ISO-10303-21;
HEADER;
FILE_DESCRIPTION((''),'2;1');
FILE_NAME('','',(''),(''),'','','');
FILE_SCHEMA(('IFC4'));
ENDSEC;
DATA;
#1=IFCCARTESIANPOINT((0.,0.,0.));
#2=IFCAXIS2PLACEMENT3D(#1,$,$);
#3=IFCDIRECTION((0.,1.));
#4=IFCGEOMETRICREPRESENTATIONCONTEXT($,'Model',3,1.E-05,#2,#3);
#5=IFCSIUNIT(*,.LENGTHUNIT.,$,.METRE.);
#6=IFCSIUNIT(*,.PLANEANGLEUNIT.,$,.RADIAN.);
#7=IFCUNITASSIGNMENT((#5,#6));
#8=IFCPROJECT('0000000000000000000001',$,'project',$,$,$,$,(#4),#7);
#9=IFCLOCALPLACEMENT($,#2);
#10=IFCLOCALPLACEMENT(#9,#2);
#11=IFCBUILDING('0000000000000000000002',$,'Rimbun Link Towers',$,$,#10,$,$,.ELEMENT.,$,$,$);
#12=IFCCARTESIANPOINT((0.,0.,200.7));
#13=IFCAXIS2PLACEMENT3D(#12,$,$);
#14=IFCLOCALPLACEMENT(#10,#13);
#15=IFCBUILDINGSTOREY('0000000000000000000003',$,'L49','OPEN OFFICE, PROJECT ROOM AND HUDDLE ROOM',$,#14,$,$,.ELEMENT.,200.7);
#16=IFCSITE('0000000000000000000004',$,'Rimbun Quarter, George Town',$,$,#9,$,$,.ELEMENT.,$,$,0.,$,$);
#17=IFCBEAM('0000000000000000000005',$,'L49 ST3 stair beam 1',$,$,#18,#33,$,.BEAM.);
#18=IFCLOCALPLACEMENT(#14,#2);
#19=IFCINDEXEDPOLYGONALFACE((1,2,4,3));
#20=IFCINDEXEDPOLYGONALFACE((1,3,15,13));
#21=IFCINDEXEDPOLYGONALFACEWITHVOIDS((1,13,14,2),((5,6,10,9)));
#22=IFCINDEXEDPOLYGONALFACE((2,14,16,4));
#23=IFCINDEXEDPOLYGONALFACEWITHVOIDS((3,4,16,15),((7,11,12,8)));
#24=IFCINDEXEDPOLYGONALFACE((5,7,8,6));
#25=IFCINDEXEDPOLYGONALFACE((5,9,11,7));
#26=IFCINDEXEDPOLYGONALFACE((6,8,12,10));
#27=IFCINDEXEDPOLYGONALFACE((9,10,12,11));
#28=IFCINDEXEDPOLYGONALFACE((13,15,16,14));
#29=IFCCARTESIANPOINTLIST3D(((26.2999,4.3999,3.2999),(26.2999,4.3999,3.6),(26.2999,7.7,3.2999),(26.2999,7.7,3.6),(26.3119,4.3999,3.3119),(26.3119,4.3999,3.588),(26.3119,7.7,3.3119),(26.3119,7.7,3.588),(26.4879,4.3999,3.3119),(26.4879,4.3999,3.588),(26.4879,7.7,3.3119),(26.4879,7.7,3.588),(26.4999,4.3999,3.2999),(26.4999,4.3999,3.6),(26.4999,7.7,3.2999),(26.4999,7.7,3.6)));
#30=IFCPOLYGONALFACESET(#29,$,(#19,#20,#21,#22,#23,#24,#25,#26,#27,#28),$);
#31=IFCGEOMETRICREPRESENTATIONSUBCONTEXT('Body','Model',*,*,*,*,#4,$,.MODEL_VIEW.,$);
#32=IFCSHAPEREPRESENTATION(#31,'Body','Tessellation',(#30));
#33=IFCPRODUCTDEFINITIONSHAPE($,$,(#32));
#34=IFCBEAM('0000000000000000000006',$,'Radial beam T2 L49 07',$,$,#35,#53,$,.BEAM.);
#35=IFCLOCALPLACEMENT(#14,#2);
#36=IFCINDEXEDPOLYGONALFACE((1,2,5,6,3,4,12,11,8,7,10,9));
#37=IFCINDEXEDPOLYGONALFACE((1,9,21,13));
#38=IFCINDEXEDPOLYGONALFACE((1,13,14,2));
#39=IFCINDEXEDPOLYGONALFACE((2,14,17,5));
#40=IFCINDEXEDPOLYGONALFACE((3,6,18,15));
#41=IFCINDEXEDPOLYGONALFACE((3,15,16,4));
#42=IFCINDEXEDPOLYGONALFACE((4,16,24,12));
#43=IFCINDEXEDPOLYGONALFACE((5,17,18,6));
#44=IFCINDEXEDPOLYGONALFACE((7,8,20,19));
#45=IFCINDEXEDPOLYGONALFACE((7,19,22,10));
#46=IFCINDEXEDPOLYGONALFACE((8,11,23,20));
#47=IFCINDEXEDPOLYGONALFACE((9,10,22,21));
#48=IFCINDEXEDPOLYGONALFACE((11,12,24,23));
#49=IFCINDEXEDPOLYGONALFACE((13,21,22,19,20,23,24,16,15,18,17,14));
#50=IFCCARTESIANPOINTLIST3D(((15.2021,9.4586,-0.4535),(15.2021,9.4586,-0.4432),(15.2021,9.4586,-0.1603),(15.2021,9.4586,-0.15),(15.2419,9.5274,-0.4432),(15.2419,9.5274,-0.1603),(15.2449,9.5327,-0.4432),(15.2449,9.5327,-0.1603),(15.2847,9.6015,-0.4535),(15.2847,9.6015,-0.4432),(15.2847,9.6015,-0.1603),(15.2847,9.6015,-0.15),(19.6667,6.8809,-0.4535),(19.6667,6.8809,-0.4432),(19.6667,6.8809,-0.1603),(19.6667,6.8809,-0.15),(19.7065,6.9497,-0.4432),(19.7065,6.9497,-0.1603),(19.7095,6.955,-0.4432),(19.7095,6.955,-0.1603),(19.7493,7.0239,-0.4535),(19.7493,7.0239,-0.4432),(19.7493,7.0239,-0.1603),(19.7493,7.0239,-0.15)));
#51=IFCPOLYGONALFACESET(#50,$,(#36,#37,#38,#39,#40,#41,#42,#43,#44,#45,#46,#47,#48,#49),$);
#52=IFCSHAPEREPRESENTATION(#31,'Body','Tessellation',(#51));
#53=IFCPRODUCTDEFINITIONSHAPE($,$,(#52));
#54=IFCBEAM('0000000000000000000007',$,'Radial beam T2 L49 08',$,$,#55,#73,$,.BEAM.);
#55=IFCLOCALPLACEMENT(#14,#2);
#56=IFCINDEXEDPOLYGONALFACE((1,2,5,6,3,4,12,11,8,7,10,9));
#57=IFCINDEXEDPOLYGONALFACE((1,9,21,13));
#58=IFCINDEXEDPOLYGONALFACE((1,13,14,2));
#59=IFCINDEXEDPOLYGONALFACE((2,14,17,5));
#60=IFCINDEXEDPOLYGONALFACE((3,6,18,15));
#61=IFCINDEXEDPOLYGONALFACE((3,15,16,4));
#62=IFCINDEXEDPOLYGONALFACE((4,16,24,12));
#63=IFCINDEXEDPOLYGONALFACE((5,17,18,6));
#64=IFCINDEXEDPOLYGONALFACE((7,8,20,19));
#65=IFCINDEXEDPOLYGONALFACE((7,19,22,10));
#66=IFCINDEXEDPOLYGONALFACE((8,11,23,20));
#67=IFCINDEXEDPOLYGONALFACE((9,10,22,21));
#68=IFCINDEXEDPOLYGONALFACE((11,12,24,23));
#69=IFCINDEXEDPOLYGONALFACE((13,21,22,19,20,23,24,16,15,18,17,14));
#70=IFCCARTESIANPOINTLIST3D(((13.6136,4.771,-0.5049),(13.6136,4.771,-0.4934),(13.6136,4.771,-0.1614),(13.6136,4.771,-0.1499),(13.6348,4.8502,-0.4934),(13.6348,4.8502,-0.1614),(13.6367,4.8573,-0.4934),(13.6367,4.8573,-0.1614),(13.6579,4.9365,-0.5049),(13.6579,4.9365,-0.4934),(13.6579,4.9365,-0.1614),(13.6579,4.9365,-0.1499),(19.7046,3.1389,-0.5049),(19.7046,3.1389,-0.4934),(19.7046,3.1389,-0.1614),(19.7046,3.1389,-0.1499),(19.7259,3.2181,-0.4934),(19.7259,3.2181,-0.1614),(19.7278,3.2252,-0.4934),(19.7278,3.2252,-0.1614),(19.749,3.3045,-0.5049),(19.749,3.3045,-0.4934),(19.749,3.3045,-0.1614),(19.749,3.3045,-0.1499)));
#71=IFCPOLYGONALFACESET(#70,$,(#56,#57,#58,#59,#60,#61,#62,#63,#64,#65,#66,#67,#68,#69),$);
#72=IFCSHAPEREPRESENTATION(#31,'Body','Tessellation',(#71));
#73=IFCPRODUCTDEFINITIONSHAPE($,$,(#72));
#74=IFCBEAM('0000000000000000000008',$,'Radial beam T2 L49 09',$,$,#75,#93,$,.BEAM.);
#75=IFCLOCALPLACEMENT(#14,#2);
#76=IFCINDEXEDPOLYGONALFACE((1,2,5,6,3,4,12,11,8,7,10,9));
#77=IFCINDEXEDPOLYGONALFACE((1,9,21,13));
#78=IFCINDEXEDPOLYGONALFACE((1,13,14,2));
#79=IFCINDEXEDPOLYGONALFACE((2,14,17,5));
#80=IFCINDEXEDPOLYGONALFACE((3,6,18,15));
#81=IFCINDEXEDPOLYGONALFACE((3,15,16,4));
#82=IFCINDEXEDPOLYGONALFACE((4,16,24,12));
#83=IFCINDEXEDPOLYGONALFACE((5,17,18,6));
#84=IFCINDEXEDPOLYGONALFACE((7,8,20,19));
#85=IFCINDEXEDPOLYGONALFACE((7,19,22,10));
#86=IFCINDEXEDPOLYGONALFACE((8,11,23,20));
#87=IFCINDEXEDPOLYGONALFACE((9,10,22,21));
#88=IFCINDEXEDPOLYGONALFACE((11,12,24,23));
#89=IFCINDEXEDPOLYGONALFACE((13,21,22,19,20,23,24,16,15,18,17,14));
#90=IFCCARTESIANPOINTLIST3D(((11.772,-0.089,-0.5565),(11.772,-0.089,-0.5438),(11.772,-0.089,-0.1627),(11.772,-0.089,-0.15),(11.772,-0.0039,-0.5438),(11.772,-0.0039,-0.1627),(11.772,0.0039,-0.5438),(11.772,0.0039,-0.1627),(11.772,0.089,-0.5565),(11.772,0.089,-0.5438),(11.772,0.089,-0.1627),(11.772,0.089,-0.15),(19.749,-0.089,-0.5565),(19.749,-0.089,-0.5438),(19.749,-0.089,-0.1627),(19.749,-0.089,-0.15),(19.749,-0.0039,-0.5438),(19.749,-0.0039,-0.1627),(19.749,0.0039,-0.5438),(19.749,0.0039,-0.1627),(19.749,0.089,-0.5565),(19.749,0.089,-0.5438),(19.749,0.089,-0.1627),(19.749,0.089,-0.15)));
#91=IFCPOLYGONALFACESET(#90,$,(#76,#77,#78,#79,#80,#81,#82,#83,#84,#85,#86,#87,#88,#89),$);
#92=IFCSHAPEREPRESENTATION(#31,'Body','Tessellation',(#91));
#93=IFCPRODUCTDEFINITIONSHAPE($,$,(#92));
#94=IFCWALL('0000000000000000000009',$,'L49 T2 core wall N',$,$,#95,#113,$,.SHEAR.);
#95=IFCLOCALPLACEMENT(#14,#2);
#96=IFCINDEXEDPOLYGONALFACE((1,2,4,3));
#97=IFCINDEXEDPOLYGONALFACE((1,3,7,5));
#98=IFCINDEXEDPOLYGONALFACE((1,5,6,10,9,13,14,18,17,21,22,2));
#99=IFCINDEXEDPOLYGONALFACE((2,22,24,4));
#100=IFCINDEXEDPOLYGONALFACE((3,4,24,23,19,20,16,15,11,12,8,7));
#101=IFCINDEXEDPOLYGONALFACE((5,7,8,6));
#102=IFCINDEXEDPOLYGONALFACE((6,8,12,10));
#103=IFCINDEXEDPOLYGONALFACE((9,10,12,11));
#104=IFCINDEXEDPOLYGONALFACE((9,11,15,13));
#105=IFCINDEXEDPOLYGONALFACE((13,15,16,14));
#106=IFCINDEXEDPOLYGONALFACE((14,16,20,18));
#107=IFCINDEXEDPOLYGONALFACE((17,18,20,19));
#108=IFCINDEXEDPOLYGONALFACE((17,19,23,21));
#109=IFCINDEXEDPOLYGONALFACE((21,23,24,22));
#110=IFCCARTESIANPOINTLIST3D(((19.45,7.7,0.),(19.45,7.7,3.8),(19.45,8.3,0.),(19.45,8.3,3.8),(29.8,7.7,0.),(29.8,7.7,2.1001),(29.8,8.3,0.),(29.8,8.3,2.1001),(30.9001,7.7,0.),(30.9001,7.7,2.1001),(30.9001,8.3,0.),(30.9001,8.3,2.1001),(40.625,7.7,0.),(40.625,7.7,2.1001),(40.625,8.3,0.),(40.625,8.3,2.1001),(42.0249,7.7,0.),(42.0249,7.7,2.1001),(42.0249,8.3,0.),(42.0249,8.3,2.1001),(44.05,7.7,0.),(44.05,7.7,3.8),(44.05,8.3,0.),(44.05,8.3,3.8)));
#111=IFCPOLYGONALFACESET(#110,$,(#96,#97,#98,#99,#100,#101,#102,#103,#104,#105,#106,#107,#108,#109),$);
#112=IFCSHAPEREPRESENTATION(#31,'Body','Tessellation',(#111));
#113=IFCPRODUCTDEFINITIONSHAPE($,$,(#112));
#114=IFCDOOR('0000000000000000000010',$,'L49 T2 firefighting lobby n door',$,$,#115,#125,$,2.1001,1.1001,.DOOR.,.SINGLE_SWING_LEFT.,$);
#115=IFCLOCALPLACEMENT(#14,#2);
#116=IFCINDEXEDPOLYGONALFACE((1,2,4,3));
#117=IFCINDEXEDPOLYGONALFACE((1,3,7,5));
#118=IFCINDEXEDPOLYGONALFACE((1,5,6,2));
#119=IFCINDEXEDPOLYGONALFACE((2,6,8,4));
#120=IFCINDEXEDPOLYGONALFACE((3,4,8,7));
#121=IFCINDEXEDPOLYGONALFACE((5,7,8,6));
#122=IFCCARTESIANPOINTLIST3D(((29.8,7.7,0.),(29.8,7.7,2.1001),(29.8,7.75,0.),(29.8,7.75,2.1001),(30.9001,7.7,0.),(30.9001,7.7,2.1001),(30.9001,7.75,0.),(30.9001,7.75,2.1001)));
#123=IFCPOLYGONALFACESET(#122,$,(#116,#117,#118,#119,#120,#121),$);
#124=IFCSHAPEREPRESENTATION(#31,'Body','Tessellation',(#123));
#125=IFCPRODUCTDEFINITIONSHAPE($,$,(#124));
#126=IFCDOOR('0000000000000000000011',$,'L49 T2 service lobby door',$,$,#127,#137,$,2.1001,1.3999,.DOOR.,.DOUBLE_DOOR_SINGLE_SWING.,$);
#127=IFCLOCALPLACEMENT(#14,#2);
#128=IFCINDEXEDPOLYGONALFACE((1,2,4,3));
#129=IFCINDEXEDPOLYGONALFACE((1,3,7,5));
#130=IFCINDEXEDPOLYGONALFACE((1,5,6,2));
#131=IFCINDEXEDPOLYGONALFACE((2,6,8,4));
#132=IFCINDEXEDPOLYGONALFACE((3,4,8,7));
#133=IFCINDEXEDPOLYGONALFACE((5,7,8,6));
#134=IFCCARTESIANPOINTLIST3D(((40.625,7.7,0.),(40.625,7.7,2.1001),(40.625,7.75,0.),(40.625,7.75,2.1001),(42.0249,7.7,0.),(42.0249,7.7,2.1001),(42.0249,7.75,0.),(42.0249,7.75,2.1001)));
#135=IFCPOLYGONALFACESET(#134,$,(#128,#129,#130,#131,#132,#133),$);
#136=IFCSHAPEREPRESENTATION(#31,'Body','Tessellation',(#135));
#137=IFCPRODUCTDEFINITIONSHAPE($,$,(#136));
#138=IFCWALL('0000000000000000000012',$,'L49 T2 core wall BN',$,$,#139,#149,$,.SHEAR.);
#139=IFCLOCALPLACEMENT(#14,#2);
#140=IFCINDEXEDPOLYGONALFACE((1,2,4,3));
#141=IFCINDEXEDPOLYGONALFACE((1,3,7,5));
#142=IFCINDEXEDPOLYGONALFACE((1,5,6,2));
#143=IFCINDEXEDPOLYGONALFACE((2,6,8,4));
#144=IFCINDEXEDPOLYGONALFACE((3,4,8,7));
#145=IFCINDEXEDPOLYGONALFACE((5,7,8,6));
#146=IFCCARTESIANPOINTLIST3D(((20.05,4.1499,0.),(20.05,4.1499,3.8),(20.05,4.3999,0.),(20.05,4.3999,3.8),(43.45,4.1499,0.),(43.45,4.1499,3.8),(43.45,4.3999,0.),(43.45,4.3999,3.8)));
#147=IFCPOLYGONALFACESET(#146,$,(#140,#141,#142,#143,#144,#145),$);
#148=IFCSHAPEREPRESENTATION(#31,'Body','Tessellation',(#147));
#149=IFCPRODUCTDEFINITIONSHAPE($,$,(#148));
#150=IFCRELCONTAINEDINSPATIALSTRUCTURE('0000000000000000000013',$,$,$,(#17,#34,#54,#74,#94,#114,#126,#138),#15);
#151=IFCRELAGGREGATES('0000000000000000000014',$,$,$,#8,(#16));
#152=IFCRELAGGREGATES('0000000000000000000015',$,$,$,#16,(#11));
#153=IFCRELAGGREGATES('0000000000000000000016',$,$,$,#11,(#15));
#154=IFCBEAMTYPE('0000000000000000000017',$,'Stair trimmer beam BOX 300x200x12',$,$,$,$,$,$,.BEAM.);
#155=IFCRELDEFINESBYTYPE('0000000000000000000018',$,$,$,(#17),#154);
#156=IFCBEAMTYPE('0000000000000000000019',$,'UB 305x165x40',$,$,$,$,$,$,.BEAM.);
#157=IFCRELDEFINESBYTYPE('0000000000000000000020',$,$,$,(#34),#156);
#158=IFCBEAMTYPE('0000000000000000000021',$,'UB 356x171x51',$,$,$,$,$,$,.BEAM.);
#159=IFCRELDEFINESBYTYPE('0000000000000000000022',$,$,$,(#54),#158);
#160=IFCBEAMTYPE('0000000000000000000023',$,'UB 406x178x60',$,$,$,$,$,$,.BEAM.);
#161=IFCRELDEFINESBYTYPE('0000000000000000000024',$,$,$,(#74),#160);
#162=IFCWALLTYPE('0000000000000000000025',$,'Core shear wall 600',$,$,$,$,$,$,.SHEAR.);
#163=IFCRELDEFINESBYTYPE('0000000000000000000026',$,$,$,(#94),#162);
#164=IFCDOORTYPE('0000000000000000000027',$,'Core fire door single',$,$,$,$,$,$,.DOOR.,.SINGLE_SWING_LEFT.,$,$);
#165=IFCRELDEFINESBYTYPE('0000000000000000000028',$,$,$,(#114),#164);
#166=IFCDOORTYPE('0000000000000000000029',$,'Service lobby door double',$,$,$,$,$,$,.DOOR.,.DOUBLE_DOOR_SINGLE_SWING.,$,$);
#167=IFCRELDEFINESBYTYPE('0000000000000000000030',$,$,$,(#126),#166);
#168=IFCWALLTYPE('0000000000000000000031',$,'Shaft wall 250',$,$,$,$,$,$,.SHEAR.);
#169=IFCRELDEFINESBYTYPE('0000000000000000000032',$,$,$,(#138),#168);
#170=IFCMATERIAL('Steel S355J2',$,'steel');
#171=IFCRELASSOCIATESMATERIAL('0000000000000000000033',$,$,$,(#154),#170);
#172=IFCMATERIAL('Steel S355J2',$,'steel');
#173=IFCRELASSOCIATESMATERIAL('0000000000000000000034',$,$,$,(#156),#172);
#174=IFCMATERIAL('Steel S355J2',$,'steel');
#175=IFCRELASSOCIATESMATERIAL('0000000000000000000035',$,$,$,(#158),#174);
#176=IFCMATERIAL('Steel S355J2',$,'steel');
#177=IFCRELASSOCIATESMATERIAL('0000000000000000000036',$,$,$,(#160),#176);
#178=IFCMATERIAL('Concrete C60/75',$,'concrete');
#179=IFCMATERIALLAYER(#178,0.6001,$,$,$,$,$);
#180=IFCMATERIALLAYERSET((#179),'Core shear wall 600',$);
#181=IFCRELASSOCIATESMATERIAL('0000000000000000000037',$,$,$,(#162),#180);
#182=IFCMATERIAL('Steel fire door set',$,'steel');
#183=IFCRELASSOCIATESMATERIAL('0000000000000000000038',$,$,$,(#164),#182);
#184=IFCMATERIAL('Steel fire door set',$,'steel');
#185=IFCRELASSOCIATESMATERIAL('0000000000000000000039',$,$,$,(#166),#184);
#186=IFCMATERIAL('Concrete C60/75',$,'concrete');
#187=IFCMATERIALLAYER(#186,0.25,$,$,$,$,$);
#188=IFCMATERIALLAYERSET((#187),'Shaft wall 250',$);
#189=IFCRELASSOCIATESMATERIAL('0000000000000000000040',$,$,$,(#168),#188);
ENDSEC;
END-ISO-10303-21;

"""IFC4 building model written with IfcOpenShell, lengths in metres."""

from ifc_helpers import new_model, si_unit, direction, frame, frame_2d, origin, origin_2d, place, context, subcontext, project, spatial, rectangle, hollow_rectangle, i_section, extrude, material, layer, layer_set, material_profile, profile_set, type_object, element, fill, save


model = new_model("IFC4")

# Units and contexts
model_context = context("Model", 3, precision=1e-05, world=origin(), true_north=direction((0.0, 1.0)))
body_context = subcontext(model_context, "Body", "Model", "MODEL_VIEW")
ifc_project = project(units=[si_unit("LENGTHUNIT", "METRE"), si_unit("PLANEANGLEUNIT", "RADIAN")], contexts=[model_context])

# Site, building, storey
site_placement = place(None, origin())
site = spatial("IfcSite", under=ifc_project, at=site_placement, Name="Rimbun Quarter, George Town", CompositionType="ELEMENT", RefElevation=0.0)
building_placement = place(site_placement, origin())
building = spatial("IfcBuilding", under=site, at=building_placement, Name="Rimbun Link Towers", CompositionType="ELEMENT")
storey_placement = place(building_placement, frame((0.0, 0.0, 200.7)))
storey = spatial("IfcBuildingStorey", under=building, at=storey_placement, Name="L49", Description="OPEN OFFICE, PROJECT ROOM AND HUDDLE ROOM", CompositionType="ELEMENT", Elevation=200.7)

# Beams
ifc_material_1 = material(Name="Steel S355J2", Category="steel")
ifc_material_profile_1 = material_profile(ifc_material_1, hollow_rectangle(XDim=0.2, YDim=0.3, WallThickness=0.012, at=origin_2d()), Name="BOX 300x200x12")
ifc_profile_set_1 = profile_set([ifc_material_profile_1], Name="Steel S355J2")
beam_type_1 = type_object("IfcBeamType", Name="Stair trimmer beam BOX 300x200x12", PredefinedType="BEAM", material=ifc_profile_set_1)
beam_1_placement = place(storey_placement, frame((26.3999, 7.7, 3.45), z_axis=(0.0, -1.0, 0.0), x_axis=(1.0, 0.0, 0.0)))
element("IfcBeam", 1, at=beam_1_placement, inside=storey, type_object=beam_type_1, Name="L49 ST3 stair beam 1", PredefinedType="BEAM", context=body_context, shape_type="SweptSolid", body=[
    extrude(hollow_rectangle(XDim=0.2, YDim=0.3, WallThickness=0.012, at=origin_2d()), origin(), (0.0, 0.0, 1.0), 3.3),
])
ifc_material_2 = material(Name="Steel S355J2", Category="steel")
ifc_material_profile_2 = material_profile(ifc_material_2, i_section(OverallWidth=0.165, OverallDepth=0.3035, WebThickness=0.0061, FlangeThickness=0.0103, at=origin_2d()), Name="UB 305x165x40")
ifc_profile_set_2 = profile_set([ifc_material_profile_2], Name="Steel S355J2")
beam_type_2 = type_object("IfcBeamType", Name="UB 305x165x40", PredefinedType="BEAM", material=ifc_profile_set_2)
beam_2_placement = place(storey_placement, frame((19.708, 6.9524, -0.3018), z_axis=(-0.866025, 0.5, 0.0), x_axis=(-0.5, -0.866025, 0.0)))
element("IfcBeam", 2, at=beam_2_placement, inside=storey, type_object=beam_type_2, Name="Radial beam T2 L49 07", PredefinedType="BEAM", context=body_context, shape_type="SweptSolid", body=[
    extrude(i_section(OverallWidth=0.165, OverallDepth=0.3035, WebThickness=0.0061, FlangeThickness=0.0103, at=origin_2d()), origin(), (0.0, 0.0, 1.0), 5.1553),
])
ifc_material_3 = material(Name="Steel S355J2", Category="steel")
ifc_material_profile_3 = material_profile(ifc_material_3, i_section(OverallWidth=0.1714, OverallDepth=0.355, WebThickness=0.0073, FlangeThickness=0.0115, at=origin_2d()), Name="UB 356x171x51")
ifc_profile_set_3 = profile_set([ifc_material_profile_3], Name="Steel S355J2")
beam_type_3 = type_object("IfcBeamType", Name="UB 356x171x51", PredefinedType="BEAM", material=ifc_profile_set_3)
beam_3_placement = place(storey_placement, frame((19.7268, 3.2217, -0.3274), z_axis=(-0.965926, 0.258817, 0.0), x_axis=(-0.258817, -0.965926, 0.0)))
element("IfcBeam", 3, at=beam_3_placement, inside=storey, type_object=beam_type_3, Name="Radial beam T2 L49 08", PredefinedType="BEAM", context=body_context, shape_type="SweptSolid", body=[
    extrude(i_section(OverallWidth=0.1714, OverallDepth=0.355, WebThickness=0.0073, FlangeThickness=0.0115, at=origin_2d()), origin(), (0.0, 0.0, 1.0), 6.3059),
])
ifc_material_4 = material(Name="Steel S355J2", Category="steel")
ifc_material_profile_4 = material_profile(ifc_material_4, i_section(OverallWidth=0.178, OverallDepth=0.4065, WebThickness=0.0078, FlangeThickness=0.0127, at=origin_2d()), Name="UB 406x178x60")
ifc_profile_set_4 = profile_set([ifc_material_profile_4], Name="Steel S355J2")
beam_type_4 = type_object("IfcBeamType", Name="UB 406x178x60", PredefinedType="BEAM", material=ifc_profile_set_4)
beam_4_placement = place(storey_placement, frame((19.749, 0.0, -0.3533), z_axis=(-1.0, 0.0, 0.0), x_axis=(0.0, -1.0, 0.0)))
element("IfcBeam", 4, at=beam_4_placement, inside=storey, type_object=beam_type_4, Name="Radial beam T2 L49 09", PredefinedType="BEAM", context=body_context, shape_type="SweptSolid", body=[
    extrude(i_section(OverallWidth=0.178, OverallDepth=0.4065, WebThickness=0.0078, FlangeThickness=0.0127, at=origin_2d()), origin(), (0.0, 0.0, 1.0), 7.9771),
])

# Wall, openings, doors
ifc_material_5 = material(Name="Concrete C60/75", Category="concrete")
ifc_layer_1 = layer(ifc_material_5, 0.6001)
ifc_layer_set_1 = layer_set([ifc_layer_1], Name="Core shear wall 600")
wall_type_1 = type_object("IfcWallType", Name="Core shear wall 600", PredefinedType="SHEAR", material=ifc_layer_set_1)
wall_1_placement = place(storey_placement, frame((19.45, 8.0, 0.0), z_axis=(0.0, 0.0, 1.0), x_axis=(1.0, 0.0, 0.0)))
wall_1 = element("IfcWall", 5, at=wall_1_placement, inside=storey, type_object=wall_type_1, Name="L49 T2 core wall N", PredefinedType="SHEAR", context=body_context, shape_type="SweptSolid", body=[
    extrude(rectangle(XDim=24.6001, YDim=0.6001, at=frame_2d((12.3, 0.0))), origin(), (0.0, 0.0, 1.0), 3.8),
])
opening_1_placement = place(wall_1_placement, frame((10.3501, 0.0, 0.0)))
opening_1 = element("IfcOpeningElement", 6, at=opening_1_placement, cuts=wall_1, PredefinedType="OPENING", context=body_context, shape_type="SweptSolid", body=[
    extrude(rectangle(XDim=1.1001, YDim=2.1001, at=frame_2d((0.55, 1.05))), frame((0.0, 0.3101, 0.0), z_axis=(0.0, -1.0, 0.0), x_axis=(1.0, 0.0, 0.0)), (0.0, 0.0, 1.0), 0.6201),
])
opening_2_placement = place(wall_1_placement, frame((21.175, 0.0, 0.0)))
opening_2 = element("IfcOpeningElement", 7, at=opening_2_placement, cuts=wall_1, PredefinedType="OPENING", context=body_context, shape_type="SweptSolid", body=[
    extrude(rectangle(XDim=1.3999, YDim=2.1001, at=frame_2d((0.7, 1.05))), frame((0.0, 0.3101, 0.0), z_axis=(0.0, -1.0, 0.0), x_axis=(1.0, 0.0, 0.0)), (0.0, 0.0, 1.0), 0.6201),
])
ifc_material_6 = material(Name="Steel fire door set", Category="steel")
door_type_1 = type_object("IfcDoorType", Name="Core fire door single", OperationType="SINGLE_SWING_LEFT", PredefinedType="DOOR", material=ifc_material_6)
door_1_placement = place(opening_1_placement, origin())
door_1 = element("IfcDoor", 8, at=door_1_placement, inside=storey, type_object=door_type_1, Name="L49 T2 firefighting lobby n door", OperationType="SINGLE_SWING_LEFT", OverallHeight=2.1001, OverallWidth=1.1001, PredefinedType="DOOR", context=body_context, shape_type="SweptSolid", body=[
    extrude(rectangle(XDim=1.1001, YDim=2.1001, at=frame_2d((0.55, 1.05))), frame((0.0, -0.25, 0.0), z_axis=(0.0, -1.0, 0.0), x_axis=(1.0, 0.0, 0.0)), (0.0, 0.0, 1.0), 0.05),
])
fill(opening_1, door_1)
ifc_material_7 = material(Name="Steel fire door set", Category="steel")
door_type_2 = type_object("IfcDoorType", Name="Service lobby door double", OperationType="DOUBLE_DOOR_SINGLE_SWING", PredefinedType="DOOR", material=ifc_material_7)
door_2_placement = place(opening_2_placement, origin())
door_2 = element("IfcDoor", 9, at=door_2_placement, inside=storey, type_object=door_type_2, Name="L49 T2 service lobby door", OperationType="DOUBLE_DOOR_SINGLE_SWING", OverallHeight=2.1001, OverallWidth=1.3999, PredefinedType="DOOR", context=body_context, shape_type="SweptSolid", body=[
    extrude(rectangle(XDim=1.3999, YDim=2.1001, at=frame_2d((0.7, 1.05))), frame((0.0, -0.25, 0.0), z_axis=(0.0, -1.0, 0.0), x_axis=(1.0, 0.0, 0.0)), (0.0, 0.0, 1.0), 0.05),
])
fill(opening_2, door_2)

# Wall
ifc_material_8 = material(Name="Concrete C60/75", Category="concrete")
ifc_layer_2 = layer(ifc_material_8, 0.25)
ifc_layer_set_2 = layer_set([ifc_layer_2], Name="Shaft wall 250")
wall_type_2 = type_object("IfcWallType", Name="Shaft wall 250", PredefinedType="SHEAR", material=ifc_layer_set_2)
wall_2_placement = place(storey_placement, frame((20.05, 4.2749, 0.0), z_axis=(0.0, 0.0, 1.0), x_axis=(1.0, 0.0, 0.0)))
element("IfcWall", 10, at=wall_2_placement, inside=storey, type_object=wall_type_2, Name="L49 T2 core wall BN", PredefinedType="SHEAR", context=body_context, shape_type="SweptSolid", body=[
    extrude(rectangle(XDim=23.3999, YDim=0.25, at=frame_2d((11.7, 0.0))), origin(), (0.0, 0.0, 1.0), 3.8),
])

save(model, "model.ifc")
